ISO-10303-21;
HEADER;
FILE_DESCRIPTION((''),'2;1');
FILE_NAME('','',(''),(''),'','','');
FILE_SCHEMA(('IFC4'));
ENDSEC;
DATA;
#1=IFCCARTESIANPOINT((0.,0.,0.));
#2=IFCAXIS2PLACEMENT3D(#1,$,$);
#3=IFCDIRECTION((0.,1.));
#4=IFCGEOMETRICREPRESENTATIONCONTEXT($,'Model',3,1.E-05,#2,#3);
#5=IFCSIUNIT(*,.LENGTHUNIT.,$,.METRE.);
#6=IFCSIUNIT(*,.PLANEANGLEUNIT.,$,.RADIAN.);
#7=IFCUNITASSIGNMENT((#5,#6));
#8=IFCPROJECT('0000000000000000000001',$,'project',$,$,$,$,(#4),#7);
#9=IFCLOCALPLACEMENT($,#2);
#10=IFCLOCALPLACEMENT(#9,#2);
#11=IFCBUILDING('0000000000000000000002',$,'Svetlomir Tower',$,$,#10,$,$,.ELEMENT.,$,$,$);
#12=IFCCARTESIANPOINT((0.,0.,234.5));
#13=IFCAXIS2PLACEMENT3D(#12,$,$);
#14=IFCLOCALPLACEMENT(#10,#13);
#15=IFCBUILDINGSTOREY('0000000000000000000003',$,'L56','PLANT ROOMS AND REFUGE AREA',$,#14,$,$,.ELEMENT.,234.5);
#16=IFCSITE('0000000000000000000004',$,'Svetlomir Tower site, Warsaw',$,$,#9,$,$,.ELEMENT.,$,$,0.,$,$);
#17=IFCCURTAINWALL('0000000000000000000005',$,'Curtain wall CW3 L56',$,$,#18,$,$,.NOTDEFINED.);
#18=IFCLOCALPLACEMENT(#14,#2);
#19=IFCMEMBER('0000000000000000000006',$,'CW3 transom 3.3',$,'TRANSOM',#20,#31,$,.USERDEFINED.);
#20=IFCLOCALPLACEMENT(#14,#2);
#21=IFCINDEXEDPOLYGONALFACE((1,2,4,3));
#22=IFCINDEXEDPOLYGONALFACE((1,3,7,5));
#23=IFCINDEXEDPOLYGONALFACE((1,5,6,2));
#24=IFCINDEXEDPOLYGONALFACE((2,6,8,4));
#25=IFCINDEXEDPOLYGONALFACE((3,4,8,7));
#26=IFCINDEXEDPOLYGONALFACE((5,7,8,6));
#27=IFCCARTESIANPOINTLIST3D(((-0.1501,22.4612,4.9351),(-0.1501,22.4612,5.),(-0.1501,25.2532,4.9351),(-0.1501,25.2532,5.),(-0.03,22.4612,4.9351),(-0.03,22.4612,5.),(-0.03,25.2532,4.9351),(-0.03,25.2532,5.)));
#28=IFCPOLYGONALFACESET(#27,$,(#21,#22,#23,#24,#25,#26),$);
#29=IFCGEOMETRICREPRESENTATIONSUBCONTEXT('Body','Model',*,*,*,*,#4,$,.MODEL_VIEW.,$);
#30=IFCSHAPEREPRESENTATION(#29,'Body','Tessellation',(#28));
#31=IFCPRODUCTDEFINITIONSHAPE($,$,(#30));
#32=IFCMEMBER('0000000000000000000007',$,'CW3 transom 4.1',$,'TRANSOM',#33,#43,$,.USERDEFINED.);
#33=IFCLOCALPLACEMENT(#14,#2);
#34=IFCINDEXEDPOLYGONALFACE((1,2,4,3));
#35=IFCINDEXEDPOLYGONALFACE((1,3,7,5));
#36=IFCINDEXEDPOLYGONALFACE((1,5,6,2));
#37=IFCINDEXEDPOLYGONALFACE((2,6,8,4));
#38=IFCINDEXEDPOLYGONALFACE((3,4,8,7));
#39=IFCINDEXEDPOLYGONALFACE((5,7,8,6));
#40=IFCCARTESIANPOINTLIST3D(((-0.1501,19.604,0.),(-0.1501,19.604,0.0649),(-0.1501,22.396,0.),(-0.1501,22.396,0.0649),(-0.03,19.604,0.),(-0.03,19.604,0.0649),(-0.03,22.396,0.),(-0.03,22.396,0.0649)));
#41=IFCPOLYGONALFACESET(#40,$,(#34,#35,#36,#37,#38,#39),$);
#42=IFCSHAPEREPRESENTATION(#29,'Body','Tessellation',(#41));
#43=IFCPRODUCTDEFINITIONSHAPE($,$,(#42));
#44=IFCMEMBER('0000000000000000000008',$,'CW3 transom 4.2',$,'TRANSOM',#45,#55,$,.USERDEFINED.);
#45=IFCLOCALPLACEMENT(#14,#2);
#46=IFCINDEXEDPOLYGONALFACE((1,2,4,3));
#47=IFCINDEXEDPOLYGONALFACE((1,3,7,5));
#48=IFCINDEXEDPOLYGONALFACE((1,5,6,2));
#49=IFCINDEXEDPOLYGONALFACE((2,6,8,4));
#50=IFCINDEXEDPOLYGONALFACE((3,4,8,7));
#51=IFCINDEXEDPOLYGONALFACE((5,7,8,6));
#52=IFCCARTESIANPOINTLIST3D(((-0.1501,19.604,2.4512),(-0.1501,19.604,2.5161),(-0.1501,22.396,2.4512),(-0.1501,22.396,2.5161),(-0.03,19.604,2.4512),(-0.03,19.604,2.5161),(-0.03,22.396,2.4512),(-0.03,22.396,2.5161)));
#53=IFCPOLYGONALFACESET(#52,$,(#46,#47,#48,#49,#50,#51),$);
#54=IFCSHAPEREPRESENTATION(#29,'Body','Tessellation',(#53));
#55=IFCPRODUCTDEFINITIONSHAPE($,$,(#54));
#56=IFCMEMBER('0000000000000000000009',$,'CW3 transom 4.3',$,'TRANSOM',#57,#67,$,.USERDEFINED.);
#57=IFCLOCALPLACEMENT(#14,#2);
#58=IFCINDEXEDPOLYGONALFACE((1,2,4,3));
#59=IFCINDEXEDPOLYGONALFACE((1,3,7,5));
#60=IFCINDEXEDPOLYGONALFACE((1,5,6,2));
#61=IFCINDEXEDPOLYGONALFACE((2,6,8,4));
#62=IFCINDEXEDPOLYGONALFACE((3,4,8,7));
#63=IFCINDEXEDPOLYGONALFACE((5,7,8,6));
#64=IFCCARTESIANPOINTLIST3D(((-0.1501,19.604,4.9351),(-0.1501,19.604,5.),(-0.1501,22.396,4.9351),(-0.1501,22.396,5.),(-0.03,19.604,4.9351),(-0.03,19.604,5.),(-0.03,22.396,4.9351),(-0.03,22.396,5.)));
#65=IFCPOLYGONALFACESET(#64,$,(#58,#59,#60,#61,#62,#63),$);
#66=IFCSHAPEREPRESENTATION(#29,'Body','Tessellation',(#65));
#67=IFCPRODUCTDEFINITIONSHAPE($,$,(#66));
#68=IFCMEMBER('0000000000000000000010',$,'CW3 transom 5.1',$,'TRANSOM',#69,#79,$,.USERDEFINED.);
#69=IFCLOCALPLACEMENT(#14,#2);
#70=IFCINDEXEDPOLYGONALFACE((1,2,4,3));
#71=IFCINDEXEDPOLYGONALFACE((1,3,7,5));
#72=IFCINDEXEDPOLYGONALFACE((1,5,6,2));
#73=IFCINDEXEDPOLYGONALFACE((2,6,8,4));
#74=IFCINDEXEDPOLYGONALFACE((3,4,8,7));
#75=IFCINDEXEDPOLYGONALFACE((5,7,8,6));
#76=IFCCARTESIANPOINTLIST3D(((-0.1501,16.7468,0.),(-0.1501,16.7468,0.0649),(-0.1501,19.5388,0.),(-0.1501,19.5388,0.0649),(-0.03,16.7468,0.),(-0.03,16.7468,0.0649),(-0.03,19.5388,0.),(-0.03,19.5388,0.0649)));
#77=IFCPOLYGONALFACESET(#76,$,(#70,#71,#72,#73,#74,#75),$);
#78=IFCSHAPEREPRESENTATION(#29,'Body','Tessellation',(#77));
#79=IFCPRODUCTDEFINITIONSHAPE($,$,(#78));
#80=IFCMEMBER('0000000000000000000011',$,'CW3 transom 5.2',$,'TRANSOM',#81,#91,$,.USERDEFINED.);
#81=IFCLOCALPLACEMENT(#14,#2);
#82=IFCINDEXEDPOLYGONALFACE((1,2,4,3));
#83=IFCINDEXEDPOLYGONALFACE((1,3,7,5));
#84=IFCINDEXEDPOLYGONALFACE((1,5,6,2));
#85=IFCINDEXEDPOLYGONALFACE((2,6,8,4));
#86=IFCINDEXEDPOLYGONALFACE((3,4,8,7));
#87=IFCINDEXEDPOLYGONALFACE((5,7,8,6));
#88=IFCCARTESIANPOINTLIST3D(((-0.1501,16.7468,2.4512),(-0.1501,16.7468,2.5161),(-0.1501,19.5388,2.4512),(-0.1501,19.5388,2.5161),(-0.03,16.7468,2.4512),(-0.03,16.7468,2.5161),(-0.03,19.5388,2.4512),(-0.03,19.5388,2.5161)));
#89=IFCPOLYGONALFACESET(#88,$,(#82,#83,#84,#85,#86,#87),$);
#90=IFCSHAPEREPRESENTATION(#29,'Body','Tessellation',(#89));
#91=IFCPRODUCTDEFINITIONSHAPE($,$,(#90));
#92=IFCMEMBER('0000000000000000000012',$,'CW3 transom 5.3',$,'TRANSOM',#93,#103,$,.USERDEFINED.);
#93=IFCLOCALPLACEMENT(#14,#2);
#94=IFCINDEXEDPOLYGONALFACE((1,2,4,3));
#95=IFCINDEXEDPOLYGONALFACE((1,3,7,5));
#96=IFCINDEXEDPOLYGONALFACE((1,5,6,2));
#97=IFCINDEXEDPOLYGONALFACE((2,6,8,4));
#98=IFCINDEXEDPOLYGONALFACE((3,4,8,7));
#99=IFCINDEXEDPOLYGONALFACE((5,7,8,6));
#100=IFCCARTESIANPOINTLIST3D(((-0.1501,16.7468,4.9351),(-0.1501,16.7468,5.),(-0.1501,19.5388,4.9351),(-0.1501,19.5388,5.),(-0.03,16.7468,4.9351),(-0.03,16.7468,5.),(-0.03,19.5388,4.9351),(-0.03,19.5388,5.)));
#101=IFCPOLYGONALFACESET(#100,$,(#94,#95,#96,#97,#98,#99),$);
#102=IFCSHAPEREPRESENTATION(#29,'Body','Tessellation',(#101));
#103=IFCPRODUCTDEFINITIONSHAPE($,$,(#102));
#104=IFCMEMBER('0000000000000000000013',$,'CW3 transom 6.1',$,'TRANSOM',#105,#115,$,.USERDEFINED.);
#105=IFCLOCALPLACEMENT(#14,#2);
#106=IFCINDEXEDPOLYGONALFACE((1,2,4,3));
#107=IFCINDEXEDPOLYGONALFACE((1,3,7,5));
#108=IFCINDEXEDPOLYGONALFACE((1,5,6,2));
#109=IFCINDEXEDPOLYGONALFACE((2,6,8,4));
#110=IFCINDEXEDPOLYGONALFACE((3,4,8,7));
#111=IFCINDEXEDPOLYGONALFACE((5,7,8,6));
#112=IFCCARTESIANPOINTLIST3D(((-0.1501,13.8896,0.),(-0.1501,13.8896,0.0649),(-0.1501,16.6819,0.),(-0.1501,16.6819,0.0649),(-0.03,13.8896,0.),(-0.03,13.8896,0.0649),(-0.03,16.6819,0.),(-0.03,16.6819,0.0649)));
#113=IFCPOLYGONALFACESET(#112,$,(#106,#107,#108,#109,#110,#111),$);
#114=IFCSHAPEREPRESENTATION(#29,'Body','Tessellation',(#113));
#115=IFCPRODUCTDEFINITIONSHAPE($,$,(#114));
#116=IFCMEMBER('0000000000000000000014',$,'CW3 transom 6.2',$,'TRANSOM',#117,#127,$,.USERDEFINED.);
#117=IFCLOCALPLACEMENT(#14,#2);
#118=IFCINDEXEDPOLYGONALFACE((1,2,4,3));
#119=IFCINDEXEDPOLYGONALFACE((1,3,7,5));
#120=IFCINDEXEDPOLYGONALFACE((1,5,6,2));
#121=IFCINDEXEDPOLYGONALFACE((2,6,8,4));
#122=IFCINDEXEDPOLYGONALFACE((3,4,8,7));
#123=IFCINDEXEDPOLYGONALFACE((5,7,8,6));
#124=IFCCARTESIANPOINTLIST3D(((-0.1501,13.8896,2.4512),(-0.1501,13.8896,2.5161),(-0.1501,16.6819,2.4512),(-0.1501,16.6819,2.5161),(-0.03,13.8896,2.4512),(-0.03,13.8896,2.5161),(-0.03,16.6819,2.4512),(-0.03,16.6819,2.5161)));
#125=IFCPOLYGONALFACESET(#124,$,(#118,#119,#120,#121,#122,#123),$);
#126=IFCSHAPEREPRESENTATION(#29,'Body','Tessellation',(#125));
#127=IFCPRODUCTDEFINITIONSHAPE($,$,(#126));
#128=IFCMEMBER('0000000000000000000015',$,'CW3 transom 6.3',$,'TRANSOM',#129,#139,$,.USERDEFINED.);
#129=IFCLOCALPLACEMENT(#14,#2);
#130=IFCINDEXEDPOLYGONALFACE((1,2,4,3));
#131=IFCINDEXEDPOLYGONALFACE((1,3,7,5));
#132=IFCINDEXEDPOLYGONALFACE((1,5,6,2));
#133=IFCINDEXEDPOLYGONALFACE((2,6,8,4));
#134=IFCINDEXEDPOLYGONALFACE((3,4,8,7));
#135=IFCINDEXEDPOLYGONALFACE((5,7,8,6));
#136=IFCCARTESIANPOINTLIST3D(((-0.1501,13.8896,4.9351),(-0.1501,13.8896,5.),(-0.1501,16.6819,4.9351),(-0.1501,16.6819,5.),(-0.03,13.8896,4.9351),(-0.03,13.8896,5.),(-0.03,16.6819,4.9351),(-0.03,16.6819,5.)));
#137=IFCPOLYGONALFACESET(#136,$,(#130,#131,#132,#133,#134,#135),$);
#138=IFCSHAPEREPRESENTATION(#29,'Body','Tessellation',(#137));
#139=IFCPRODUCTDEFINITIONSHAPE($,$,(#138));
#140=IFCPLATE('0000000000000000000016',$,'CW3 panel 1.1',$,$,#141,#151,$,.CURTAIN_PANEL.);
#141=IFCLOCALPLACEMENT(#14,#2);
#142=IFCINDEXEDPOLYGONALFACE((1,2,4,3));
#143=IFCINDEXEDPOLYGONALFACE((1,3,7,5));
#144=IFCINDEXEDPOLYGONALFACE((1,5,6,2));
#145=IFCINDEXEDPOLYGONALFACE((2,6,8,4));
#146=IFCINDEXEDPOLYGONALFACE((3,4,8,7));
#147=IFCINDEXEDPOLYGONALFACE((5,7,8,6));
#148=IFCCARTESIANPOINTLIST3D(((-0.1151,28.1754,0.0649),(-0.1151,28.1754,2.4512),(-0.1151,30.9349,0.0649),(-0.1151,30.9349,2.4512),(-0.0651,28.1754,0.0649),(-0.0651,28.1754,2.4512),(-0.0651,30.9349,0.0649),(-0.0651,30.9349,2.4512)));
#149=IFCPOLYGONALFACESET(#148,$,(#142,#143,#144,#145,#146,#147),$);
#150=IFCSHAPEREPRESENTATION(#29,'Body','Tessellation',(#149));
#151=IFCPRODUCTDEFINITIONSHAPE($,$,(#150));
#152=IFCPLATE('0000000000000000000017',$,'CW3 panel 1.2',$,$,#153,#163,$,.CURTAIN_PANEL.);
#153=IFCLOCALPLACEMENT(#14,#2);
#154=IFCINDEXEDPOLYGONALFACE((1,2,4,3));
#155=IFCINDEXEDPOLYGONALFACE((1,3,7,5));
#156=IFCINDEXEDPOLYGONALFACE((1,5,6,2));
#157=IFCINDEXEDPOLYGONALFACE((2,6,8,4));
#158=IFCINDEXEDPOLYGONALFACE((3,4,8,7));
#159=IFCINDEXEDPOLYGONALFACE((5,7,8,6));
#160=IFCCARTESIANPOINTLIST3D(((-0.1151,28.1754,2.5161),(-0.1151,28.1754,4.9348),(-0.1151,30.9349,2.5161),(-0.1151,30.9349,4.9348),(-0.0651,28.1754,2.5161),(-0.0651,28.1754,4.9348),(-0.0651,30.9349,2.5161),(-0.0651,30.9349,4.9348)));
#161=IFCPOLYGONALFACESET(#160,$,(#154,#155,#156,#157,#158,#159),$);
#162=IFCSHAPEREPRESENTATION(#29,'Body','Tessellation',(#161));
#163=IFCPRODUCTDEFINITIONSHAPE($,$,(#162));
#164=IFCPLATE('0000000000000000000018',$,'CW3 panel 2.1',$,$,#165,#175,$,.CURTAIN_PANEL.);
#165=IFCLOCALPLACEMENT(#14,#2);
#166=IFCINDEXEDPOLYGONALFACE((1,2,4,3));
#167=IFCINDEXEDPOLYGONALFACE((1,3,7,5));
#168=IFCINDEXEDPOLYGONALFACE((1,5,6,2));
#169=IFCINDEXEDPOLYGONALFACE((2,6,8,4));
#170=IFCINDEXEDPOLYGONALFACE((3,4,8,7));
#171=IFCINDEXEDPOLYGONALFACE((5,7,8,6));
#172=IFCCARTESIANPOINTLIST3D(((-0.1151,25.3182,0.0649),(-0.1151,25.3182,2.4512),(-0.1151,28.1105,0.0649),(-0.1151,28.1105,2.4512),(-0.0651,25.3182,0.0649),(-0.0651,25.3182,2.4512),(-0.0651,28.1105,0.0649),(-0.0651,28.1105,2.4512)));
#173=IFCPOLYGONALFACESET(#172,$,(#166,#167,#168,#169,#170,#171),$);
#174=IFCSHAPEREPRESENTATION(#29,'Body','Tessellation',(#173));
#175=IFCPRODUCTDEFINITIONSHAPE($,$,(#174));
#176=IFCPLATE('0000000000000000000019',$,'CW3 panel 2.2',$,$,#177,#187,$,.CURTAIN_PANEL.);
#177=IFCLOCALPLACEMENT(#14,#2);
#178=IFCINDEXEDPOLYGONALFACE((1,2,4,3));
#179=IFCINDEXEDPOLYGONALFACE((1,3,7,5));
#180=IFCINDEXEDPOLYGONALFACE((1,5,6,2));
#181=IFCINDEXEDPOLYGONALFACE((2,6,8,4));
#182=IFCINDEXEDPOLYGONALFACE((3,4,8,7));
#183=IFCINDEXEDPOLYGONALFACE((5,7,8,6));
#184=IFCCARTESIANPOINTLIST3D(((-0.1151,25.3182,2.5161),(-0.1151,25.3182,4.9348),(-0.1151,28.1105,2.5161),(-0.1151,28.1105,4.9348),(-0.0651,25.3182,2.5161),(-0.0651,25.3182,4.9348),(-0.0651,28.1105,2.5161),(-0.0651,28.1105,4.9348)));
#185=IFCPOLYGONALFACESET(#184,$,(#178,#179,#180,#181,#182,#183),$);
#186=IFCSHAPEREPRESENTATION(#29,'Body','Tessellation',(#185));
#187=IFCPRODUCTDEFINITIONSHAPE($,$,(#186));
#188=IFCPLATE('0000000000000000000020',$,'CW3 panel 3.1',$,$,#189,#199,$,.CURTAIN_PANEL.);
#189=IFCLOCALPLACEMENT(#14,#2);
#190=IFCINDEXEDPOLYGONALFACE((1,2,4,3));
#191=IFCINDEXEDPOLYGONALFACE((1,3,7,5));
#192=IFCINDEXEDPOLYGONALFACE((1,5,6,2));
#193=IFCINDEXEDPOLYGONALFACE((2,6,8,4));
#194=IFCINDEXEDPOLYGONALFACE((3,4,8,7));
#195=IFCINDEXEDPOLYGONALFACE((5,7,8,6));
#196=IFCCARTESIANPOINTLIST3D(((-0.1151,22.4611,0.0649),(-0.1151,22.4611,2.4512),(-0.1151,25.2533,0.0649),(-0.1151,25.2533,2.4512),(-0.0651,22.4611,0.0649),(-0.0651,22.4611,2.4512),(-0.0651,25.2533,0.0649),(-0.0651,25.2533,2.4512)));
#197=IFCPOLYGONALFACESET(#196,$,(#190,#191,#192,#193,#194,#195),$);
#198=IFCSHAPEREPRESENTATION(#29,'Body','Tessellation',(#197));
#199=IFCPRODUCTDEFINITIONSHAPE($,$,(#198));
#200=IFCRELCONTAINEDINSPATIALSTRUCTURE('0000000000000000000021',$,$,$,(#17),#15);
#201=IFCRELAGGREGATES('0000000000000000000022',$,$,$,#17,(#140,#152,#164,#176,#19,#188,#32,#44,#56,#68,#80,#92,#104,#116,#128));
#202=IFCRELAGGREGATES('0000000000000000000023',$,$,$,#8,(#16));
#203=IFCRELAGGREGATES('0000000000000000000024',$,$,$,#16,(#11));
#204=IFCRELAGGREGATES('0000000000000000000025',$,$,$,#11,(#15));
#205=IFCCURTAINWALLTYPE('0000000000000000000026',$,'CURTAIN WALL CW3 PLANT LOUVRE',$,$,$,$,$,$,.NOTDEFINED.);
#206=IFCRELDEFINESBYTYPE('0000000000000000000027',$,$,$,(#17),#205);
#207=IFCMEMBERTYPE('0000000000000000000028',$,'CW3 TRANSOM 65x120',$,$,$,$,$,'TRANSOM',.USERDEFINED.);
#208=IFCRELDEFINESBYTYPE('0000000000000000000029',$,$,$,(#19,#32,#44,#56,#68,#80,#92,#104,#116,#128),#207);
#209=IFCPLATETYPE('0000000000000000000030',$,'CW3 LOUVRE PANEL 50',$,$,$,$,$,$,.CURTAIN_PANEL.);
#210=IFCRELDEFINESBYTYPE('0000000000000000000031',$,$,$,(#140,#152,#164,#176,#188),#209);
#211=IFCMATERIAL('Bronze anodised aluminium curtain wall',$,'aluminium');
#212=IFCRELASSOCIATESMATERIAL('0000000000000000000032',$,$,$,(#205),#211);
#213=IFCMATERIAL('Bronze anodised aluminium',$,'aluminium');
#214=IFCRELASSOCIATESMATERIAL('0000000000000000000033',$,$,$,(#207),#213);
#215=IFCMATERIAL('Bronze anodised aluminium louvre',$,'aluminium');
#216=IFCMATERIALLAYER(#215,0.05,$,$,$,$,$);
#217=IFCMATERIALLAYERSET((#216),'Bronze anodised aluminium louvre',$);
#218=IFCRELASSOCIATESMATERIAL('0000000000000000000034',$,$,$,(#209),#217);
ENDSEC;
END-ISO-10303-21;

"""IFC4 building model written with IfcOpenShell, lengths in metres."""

from ifc_helpers import new_model, si_unit, direction, frame, origin, origin_2d, place, context, subcontext, project, spatial, rectangle, extrude, material, layer, layer_set, material_profile, profile_set, type_object, element, aggregate, save


model = new_model("IFC4")

# Units and contexts
model_context = context("Model", 3, precision=1e-05, world=origin(), true_north=direction((0.0, 1.0)))
body_context = subcontext(model_context, "Body", "Model", "MODEL_VIEW")
ifc_project = project(units=[si_unit("LENGTHUNIT", "METRE"), si_unit("PLANEANGLEUNIT", "RADIAN")], contexts=[model_context])

# Site, building, storey
site_placement = place(None, origin())
site = spatial("IfcSite", under=ifc_project, at=site_placement, Name="Svetlomir Tower site, Warsaw", CompositionType="ELEMENT", RefElevation=0.0)
building_placement = place(site_placement, origin())
building = spatial("IfcBuilding", under=site, at=building_placement, Name="Svetlomir Tower", CompositionType="ELEMENT")
storey_placement = place(building_placement, frame((0.0, 0.0, 234.5)))
storey = spatial("IfcBuildingStorey", under=building, at=storey_placement, Name="L56", Description="PLANT ROOMS AND REFUGE AREA", CompositionType="ELEMENT", Elevation=234.5)

# Curtain wall, members, plates
ifc_material_1 = material(Name="Bronze anodised aluminium curtain wall", Category="aluminium")
curtain_wall_type = type_object("IfcCurtainWallType", Name="CURTAIN WALL CW3 PLANT LOUVRE", PredefinedType="NOTDEFINED", material=ifc_material_1)
curtain_wall_placement = place(storey_placement, origin())
curtain_wall = element("IfcCurtainWall", 1, at=curtain_wall_placement, inside=storey, type_object=curtain_wall_type, Name="Curtain wall CW3 L56", PredefinedType="NOTDEFINED")
ifc_material_2 = material(Name="Bronze anodised aluminium", Category="aluminium")
ifc_material_profile_1 = material_profile(ifc_material_2, rectangle(XDim=0.1201, YDim=0.0649, at=origin_2d()), Name="AL 120x65")
ifc_profile_set_1 = profile_set([ifc_material_profile_1], Name="Bronze anodised aluminium 6063-T6")
member_type_1 = type_object("IfcMemberType", Name="CW3 TRANSOM 65x120", ElementType="TRANSOM", PredefinedType="USERDEFINED", material=ifc_profile_set_1)
member_1_placement = place(storey_placement, frame((-0.0901, 25.2532, 4.9675), z_axis=(0.0, -1.0, 0.0), x_axis=(1.0, 0.0, 0.0)))
member_1 = element("IfcMember", 2, at=member_1_placement, type_object=member_type_1, Name="CW3 transom 3.3", ObjectType="TRANSOM", PredefinedType="USERDEFINED", context=body_context, shape_type="SweptSolid", body=[
    extrude(rectangle(XDim=0.1201, YDim=0.0649, at=origin_2d()), origin(), (0.0, 0.0, 1.0), 2.792),
])
member_2_placement = place(storey_placement, frame((-0.0901, 22.396, 0.0325), z_axis=(0.0, -1.0, 0.0), x_axis=(1.0, 0.0, 0.0)))
member_2 = element("IfcMember", 3, at=member_2_placement, type_object=member_type_1, Name="CW3 transom 4.1", ObjectType="TRANSOM", PredefinedType="USERDEFINED", context=body_context, shape_type="SweptSolid", body=[
    extrude(rectangle(XDim=0.1201, YDim=0.0649, at=origin_2d()), origin(), (0.0, 0.0, 1.0), 2.792),
])
member_3_placement = place(storey_placement, frame((-0.0901, 22.396, 2.4836), z_axis=(0.0, -1.0, 0.0), x_axis=(1.0, 0.0, 0.0)))
member_3 = element("IfcMember", 4, at=member_3_placement, type_object=member_type_1, Name="CW3 transom 4.2", ObjectType="TRANSOM", PredefinedType="USERDEFINED", context=body_context, shape_type="SweptSolid", body=[
    extrude(rectangle(XDim=0.1201, YDim=0.0649, at=origin_2d()), origin(), (0.0, 0.0, 1.0), 2.792),
])
member_4_placement = place(storey_placement, frame((-0.0901, 22.396, 4.9675), z_axis=(0.0, -1.0, 0.0), x_axis=(1.0, 0.0, 0.0)))
member_4 = element("IfcMember", 5, at=member_4_placement, type_object=member_type_1, Name="CW3 transom 4.3", ObjectType="TRANSOM", PredefinedType="USERDEFINED", context=body_context, shape_type="SweptSolid", body=[
    extrude(rectangle(XDim=0.1201, YDim=0.0649, at=origin_2d()), origin(), (0.0, 0.0, 1.0), 2.792),
])
member_5_placement = place(storey_placement, frame((-0.0901, 19.5388, 0.0325), z_axis=(0.0, -1.0, 0.0), x_axis=(1.0, 0.0, 0.0)))
member_5 = element("IfcMember", 6, at=member_5_placement, type_object=member_type_1, Name="CW3 transom 5.1", ObjectType="TRANSOM", PredefinedType="USERDEFINED", context=body_context, shape_type="SweptSolid", body=[
    extrude(rectangle(XDim=0.1201, YDim=0.0649, at=origin_2d()), origin(), (0.0, 0.0, 1.0), 2.792),
])
member_6_placement = place(storey_placement, frame((-0.0901, 19.5388, 2.4836), z_axis=(0.0, -1.0, 0.0), x_axis=(1.0, 0.0, 0.0)))
member_6 = element("IfcMember", 7, at=member_6_placement, type_object=member_type_1, Name="CW3 transom 5.2", ObjectType="TRANSOM", PredefinedType="USERDEFINED", context=body_context, shape_type="SweptSolid", body=[
    extrude(rectangle(XDim=0.1201, YDim=0.0649, at=origin_2d()), origin(), (0.0, 0.0, 1.0), 2.792),
])
member_7_placement = place(storey_placement, frame((-0.0901, 19.5388, 4.9675), z_axis=(0.0, -1.0, 0.0), x_axis=(1.0, 0.0, 0.0)))
member_7 = element("IfcMember", 8, at=member_7_placement, type_object=member_type_1, Name="CW3 transom 5.3", ObjectType="TRANSOM", PredefinedType="USERDEFINED", context=body_context, shape_type="SweptSolid", body=[
    extrude(rectangle(XDim=0.1201, YDim=0.0649, at=origin_2d()), origin(), (0.0, 0.0, 1.0), 2.792),
])
member_8_placement = place(storey_placement, frame((-0.0901, 16.6819, 0.0325), z_axis=(0.0, -1.0, 0.0), x_axis=(1.0, 0.0, 0.0)))
member_8 = element("IfcMember", 9, at=member_8_placement, type_object=member_type_1, Name="CW3 transom 6.1", ObjectType="TRANSOM", PredefinedType="USERDEFINED", context=body_context, shape_type="SweptSolid", body=[
    extrude(rectangle(XDim=0.1201, YDim=0.0649, at=origin_2d()), origin(), (0.0, 0.0, 1.0), 2.7922),
])
member_9_placement = place(storey_placement, frame((-0.0901, 16.6819, 2.4836), z_axis=(0.0, -1.0, 0.0), x_axis=(1.0, 0.0, 0.0)))
member_9 = element("IfcMember", 10, at=member_9_placement, type_object=member_type_1, Name="CW3 transom 6.2", ObjectType="TRANSOM", PredefinedType="USERDEFINED", context=body_context, shape_type="SweptSolid", body=[
    extrude(rectangle(XDim=0.1201, YDim=0.0649, at=origin_2d()), origin(), (0.0, 0.0, 1.0), 2.7922),
])
member_10_placement = place(storey_placement, frame((-0.0901, 16.6819, 4.9675), z_axis=(0.0, -1.0, 0.0), x_axis=(1.0, 0.0, 0.0)))
member_10 = element("IfcMember", 11, at=member_10_placement, type_object=member_type_1, Name="CW3 transom 6.3", ObjectType="TRANSOM", PredefinedType="USERDEFINED", context=body_context, shape_type="SweptSolid", body=[
    extrude(rectangle(XDim=0.1201, YDim=0.0649, at=origin_2d()), origin(), (0.0, 0.0, 1.0), 2.7922),
])
ifc_material_3 = material(Name="Bronze anodised aluminium louvre", Category="aluminium")
ifc_layer_1 = layer(ifc_material_3, 0.05)
ifc_layer_set_1 = layer_set([ifc_layer_1], Name="Bronze anodised aluminium louvre")
plate_type = type_object("IfcPlateType", Name="CW3 LOUVRE PANEL 50", PredefinedType="CURTAIN_PANEL", material=ifc_layer_set_1)
plate_1_placement = place(storey_placement, frame((-0.0901, 29.5552, 0.0649), z_axis=(0.0, 0.0, 1.0), x_axis=(0.0, -1.0, 0.0)))
plate_1 = element("IfcPlate", 12, at=plate_1_placement, type_object=plate_type, Name="CW3 panel 1.1", PredefinedType="CURTAIN_PANEL", context=body_context, shape_type="SweptSolid", body=[
    extrude(rectangle(XDim=2.7595, YDim=0.05, at=origin_2d()), origin(), (0.0, 0.0, 1.0), 2.3862),
])
plate_2_placement = place(storey_placement, frame((-0.0901, 29.5552, 2.5161), z_axis=(0.0, 0.0, 1.0), x_axis=(0.0, -1.0, 0.0)))
plate_2 = element("IfcPlate", 13, at=plate_2_placement, type_object=plate_type, Name="CW3 panel 1.2", PredefinedType="CURTAIN_PANEL", context=body_context, shape_type="SweptSolid", body=[
    extrude(rectangle(XDim=2.7595, YDim=0.05, at=origin_2d()), origin(), (0.0, 0.0, 1.0), 2.4187),
])
plate_3_placement = place(storey_placement, frame((-0.0901, 26.7144, 0.0649), z_axis=(0.0, 0.0, 1.0), x_axis=(0.0, -1.0, 0.0)))
plate_3 = element("IfcPlate", 14, at=plate_3_placement, type_object=plate_type, Name="CW3 panel 2.1", PredefinedType="CURTAIN_PANEL", context=body_context, shape_type="SweptSolid", body=[
    extrude(rectangle(XDim=2.7922, YDim=0.05, at=origin_2d()), origin(), (0.0, 0.0, 1.0), 2.3862),
])
plate_4_placement = place(storey_placement, frame((-0.0901, 26.7144, 2.5161), z_axis=(0.0, 0.0, 1.0), x_axis=(0.0, -1.0, 0.0)))
plate_4 = element("IfcPlate", 15, at=plate_4_placement, type_object=plate_type, Name="CW3 panel 2.2", PredefinedType="CURTAIN_PANEL", context=body_context, shape_type="SweptSolid", body=[
    extrude(rectangle(XDim=2.7922, YDim=0.05, at=origin_2d()), origin(), (0.0, 0.0, 1.0), 2.4187),
])
plate_5_placement = place(storey_placement, frame((-0.0901, 23.8572, 0.0649), z_axis=(0.0, 0.0, 1.0), x_axis=(0.0, -1.0, 0.0)))
plate_5 = element("IfcPlate", 16, at=plate_5_placement, type_object=plate_type, Name="CW3 panel 3.1", PredefinedType="CURTAIN_PANEL", context=body_context, shape_type="SweptSolid", body=[
    extrude(rectangle(XDim=2.7922, YDim=0.05, at=origin_2d()), origin(), (0.0, 0.0, 1.0), 2.3862),
])
aggregate(curtain_wall, [plate_1, plate_2, plate_3, plate_4, member_1, plate_5, member_2, member_3, member_4, member_5, member_6, member_7, member_8, member_9, member_10])

save(model, "model.ifc")
